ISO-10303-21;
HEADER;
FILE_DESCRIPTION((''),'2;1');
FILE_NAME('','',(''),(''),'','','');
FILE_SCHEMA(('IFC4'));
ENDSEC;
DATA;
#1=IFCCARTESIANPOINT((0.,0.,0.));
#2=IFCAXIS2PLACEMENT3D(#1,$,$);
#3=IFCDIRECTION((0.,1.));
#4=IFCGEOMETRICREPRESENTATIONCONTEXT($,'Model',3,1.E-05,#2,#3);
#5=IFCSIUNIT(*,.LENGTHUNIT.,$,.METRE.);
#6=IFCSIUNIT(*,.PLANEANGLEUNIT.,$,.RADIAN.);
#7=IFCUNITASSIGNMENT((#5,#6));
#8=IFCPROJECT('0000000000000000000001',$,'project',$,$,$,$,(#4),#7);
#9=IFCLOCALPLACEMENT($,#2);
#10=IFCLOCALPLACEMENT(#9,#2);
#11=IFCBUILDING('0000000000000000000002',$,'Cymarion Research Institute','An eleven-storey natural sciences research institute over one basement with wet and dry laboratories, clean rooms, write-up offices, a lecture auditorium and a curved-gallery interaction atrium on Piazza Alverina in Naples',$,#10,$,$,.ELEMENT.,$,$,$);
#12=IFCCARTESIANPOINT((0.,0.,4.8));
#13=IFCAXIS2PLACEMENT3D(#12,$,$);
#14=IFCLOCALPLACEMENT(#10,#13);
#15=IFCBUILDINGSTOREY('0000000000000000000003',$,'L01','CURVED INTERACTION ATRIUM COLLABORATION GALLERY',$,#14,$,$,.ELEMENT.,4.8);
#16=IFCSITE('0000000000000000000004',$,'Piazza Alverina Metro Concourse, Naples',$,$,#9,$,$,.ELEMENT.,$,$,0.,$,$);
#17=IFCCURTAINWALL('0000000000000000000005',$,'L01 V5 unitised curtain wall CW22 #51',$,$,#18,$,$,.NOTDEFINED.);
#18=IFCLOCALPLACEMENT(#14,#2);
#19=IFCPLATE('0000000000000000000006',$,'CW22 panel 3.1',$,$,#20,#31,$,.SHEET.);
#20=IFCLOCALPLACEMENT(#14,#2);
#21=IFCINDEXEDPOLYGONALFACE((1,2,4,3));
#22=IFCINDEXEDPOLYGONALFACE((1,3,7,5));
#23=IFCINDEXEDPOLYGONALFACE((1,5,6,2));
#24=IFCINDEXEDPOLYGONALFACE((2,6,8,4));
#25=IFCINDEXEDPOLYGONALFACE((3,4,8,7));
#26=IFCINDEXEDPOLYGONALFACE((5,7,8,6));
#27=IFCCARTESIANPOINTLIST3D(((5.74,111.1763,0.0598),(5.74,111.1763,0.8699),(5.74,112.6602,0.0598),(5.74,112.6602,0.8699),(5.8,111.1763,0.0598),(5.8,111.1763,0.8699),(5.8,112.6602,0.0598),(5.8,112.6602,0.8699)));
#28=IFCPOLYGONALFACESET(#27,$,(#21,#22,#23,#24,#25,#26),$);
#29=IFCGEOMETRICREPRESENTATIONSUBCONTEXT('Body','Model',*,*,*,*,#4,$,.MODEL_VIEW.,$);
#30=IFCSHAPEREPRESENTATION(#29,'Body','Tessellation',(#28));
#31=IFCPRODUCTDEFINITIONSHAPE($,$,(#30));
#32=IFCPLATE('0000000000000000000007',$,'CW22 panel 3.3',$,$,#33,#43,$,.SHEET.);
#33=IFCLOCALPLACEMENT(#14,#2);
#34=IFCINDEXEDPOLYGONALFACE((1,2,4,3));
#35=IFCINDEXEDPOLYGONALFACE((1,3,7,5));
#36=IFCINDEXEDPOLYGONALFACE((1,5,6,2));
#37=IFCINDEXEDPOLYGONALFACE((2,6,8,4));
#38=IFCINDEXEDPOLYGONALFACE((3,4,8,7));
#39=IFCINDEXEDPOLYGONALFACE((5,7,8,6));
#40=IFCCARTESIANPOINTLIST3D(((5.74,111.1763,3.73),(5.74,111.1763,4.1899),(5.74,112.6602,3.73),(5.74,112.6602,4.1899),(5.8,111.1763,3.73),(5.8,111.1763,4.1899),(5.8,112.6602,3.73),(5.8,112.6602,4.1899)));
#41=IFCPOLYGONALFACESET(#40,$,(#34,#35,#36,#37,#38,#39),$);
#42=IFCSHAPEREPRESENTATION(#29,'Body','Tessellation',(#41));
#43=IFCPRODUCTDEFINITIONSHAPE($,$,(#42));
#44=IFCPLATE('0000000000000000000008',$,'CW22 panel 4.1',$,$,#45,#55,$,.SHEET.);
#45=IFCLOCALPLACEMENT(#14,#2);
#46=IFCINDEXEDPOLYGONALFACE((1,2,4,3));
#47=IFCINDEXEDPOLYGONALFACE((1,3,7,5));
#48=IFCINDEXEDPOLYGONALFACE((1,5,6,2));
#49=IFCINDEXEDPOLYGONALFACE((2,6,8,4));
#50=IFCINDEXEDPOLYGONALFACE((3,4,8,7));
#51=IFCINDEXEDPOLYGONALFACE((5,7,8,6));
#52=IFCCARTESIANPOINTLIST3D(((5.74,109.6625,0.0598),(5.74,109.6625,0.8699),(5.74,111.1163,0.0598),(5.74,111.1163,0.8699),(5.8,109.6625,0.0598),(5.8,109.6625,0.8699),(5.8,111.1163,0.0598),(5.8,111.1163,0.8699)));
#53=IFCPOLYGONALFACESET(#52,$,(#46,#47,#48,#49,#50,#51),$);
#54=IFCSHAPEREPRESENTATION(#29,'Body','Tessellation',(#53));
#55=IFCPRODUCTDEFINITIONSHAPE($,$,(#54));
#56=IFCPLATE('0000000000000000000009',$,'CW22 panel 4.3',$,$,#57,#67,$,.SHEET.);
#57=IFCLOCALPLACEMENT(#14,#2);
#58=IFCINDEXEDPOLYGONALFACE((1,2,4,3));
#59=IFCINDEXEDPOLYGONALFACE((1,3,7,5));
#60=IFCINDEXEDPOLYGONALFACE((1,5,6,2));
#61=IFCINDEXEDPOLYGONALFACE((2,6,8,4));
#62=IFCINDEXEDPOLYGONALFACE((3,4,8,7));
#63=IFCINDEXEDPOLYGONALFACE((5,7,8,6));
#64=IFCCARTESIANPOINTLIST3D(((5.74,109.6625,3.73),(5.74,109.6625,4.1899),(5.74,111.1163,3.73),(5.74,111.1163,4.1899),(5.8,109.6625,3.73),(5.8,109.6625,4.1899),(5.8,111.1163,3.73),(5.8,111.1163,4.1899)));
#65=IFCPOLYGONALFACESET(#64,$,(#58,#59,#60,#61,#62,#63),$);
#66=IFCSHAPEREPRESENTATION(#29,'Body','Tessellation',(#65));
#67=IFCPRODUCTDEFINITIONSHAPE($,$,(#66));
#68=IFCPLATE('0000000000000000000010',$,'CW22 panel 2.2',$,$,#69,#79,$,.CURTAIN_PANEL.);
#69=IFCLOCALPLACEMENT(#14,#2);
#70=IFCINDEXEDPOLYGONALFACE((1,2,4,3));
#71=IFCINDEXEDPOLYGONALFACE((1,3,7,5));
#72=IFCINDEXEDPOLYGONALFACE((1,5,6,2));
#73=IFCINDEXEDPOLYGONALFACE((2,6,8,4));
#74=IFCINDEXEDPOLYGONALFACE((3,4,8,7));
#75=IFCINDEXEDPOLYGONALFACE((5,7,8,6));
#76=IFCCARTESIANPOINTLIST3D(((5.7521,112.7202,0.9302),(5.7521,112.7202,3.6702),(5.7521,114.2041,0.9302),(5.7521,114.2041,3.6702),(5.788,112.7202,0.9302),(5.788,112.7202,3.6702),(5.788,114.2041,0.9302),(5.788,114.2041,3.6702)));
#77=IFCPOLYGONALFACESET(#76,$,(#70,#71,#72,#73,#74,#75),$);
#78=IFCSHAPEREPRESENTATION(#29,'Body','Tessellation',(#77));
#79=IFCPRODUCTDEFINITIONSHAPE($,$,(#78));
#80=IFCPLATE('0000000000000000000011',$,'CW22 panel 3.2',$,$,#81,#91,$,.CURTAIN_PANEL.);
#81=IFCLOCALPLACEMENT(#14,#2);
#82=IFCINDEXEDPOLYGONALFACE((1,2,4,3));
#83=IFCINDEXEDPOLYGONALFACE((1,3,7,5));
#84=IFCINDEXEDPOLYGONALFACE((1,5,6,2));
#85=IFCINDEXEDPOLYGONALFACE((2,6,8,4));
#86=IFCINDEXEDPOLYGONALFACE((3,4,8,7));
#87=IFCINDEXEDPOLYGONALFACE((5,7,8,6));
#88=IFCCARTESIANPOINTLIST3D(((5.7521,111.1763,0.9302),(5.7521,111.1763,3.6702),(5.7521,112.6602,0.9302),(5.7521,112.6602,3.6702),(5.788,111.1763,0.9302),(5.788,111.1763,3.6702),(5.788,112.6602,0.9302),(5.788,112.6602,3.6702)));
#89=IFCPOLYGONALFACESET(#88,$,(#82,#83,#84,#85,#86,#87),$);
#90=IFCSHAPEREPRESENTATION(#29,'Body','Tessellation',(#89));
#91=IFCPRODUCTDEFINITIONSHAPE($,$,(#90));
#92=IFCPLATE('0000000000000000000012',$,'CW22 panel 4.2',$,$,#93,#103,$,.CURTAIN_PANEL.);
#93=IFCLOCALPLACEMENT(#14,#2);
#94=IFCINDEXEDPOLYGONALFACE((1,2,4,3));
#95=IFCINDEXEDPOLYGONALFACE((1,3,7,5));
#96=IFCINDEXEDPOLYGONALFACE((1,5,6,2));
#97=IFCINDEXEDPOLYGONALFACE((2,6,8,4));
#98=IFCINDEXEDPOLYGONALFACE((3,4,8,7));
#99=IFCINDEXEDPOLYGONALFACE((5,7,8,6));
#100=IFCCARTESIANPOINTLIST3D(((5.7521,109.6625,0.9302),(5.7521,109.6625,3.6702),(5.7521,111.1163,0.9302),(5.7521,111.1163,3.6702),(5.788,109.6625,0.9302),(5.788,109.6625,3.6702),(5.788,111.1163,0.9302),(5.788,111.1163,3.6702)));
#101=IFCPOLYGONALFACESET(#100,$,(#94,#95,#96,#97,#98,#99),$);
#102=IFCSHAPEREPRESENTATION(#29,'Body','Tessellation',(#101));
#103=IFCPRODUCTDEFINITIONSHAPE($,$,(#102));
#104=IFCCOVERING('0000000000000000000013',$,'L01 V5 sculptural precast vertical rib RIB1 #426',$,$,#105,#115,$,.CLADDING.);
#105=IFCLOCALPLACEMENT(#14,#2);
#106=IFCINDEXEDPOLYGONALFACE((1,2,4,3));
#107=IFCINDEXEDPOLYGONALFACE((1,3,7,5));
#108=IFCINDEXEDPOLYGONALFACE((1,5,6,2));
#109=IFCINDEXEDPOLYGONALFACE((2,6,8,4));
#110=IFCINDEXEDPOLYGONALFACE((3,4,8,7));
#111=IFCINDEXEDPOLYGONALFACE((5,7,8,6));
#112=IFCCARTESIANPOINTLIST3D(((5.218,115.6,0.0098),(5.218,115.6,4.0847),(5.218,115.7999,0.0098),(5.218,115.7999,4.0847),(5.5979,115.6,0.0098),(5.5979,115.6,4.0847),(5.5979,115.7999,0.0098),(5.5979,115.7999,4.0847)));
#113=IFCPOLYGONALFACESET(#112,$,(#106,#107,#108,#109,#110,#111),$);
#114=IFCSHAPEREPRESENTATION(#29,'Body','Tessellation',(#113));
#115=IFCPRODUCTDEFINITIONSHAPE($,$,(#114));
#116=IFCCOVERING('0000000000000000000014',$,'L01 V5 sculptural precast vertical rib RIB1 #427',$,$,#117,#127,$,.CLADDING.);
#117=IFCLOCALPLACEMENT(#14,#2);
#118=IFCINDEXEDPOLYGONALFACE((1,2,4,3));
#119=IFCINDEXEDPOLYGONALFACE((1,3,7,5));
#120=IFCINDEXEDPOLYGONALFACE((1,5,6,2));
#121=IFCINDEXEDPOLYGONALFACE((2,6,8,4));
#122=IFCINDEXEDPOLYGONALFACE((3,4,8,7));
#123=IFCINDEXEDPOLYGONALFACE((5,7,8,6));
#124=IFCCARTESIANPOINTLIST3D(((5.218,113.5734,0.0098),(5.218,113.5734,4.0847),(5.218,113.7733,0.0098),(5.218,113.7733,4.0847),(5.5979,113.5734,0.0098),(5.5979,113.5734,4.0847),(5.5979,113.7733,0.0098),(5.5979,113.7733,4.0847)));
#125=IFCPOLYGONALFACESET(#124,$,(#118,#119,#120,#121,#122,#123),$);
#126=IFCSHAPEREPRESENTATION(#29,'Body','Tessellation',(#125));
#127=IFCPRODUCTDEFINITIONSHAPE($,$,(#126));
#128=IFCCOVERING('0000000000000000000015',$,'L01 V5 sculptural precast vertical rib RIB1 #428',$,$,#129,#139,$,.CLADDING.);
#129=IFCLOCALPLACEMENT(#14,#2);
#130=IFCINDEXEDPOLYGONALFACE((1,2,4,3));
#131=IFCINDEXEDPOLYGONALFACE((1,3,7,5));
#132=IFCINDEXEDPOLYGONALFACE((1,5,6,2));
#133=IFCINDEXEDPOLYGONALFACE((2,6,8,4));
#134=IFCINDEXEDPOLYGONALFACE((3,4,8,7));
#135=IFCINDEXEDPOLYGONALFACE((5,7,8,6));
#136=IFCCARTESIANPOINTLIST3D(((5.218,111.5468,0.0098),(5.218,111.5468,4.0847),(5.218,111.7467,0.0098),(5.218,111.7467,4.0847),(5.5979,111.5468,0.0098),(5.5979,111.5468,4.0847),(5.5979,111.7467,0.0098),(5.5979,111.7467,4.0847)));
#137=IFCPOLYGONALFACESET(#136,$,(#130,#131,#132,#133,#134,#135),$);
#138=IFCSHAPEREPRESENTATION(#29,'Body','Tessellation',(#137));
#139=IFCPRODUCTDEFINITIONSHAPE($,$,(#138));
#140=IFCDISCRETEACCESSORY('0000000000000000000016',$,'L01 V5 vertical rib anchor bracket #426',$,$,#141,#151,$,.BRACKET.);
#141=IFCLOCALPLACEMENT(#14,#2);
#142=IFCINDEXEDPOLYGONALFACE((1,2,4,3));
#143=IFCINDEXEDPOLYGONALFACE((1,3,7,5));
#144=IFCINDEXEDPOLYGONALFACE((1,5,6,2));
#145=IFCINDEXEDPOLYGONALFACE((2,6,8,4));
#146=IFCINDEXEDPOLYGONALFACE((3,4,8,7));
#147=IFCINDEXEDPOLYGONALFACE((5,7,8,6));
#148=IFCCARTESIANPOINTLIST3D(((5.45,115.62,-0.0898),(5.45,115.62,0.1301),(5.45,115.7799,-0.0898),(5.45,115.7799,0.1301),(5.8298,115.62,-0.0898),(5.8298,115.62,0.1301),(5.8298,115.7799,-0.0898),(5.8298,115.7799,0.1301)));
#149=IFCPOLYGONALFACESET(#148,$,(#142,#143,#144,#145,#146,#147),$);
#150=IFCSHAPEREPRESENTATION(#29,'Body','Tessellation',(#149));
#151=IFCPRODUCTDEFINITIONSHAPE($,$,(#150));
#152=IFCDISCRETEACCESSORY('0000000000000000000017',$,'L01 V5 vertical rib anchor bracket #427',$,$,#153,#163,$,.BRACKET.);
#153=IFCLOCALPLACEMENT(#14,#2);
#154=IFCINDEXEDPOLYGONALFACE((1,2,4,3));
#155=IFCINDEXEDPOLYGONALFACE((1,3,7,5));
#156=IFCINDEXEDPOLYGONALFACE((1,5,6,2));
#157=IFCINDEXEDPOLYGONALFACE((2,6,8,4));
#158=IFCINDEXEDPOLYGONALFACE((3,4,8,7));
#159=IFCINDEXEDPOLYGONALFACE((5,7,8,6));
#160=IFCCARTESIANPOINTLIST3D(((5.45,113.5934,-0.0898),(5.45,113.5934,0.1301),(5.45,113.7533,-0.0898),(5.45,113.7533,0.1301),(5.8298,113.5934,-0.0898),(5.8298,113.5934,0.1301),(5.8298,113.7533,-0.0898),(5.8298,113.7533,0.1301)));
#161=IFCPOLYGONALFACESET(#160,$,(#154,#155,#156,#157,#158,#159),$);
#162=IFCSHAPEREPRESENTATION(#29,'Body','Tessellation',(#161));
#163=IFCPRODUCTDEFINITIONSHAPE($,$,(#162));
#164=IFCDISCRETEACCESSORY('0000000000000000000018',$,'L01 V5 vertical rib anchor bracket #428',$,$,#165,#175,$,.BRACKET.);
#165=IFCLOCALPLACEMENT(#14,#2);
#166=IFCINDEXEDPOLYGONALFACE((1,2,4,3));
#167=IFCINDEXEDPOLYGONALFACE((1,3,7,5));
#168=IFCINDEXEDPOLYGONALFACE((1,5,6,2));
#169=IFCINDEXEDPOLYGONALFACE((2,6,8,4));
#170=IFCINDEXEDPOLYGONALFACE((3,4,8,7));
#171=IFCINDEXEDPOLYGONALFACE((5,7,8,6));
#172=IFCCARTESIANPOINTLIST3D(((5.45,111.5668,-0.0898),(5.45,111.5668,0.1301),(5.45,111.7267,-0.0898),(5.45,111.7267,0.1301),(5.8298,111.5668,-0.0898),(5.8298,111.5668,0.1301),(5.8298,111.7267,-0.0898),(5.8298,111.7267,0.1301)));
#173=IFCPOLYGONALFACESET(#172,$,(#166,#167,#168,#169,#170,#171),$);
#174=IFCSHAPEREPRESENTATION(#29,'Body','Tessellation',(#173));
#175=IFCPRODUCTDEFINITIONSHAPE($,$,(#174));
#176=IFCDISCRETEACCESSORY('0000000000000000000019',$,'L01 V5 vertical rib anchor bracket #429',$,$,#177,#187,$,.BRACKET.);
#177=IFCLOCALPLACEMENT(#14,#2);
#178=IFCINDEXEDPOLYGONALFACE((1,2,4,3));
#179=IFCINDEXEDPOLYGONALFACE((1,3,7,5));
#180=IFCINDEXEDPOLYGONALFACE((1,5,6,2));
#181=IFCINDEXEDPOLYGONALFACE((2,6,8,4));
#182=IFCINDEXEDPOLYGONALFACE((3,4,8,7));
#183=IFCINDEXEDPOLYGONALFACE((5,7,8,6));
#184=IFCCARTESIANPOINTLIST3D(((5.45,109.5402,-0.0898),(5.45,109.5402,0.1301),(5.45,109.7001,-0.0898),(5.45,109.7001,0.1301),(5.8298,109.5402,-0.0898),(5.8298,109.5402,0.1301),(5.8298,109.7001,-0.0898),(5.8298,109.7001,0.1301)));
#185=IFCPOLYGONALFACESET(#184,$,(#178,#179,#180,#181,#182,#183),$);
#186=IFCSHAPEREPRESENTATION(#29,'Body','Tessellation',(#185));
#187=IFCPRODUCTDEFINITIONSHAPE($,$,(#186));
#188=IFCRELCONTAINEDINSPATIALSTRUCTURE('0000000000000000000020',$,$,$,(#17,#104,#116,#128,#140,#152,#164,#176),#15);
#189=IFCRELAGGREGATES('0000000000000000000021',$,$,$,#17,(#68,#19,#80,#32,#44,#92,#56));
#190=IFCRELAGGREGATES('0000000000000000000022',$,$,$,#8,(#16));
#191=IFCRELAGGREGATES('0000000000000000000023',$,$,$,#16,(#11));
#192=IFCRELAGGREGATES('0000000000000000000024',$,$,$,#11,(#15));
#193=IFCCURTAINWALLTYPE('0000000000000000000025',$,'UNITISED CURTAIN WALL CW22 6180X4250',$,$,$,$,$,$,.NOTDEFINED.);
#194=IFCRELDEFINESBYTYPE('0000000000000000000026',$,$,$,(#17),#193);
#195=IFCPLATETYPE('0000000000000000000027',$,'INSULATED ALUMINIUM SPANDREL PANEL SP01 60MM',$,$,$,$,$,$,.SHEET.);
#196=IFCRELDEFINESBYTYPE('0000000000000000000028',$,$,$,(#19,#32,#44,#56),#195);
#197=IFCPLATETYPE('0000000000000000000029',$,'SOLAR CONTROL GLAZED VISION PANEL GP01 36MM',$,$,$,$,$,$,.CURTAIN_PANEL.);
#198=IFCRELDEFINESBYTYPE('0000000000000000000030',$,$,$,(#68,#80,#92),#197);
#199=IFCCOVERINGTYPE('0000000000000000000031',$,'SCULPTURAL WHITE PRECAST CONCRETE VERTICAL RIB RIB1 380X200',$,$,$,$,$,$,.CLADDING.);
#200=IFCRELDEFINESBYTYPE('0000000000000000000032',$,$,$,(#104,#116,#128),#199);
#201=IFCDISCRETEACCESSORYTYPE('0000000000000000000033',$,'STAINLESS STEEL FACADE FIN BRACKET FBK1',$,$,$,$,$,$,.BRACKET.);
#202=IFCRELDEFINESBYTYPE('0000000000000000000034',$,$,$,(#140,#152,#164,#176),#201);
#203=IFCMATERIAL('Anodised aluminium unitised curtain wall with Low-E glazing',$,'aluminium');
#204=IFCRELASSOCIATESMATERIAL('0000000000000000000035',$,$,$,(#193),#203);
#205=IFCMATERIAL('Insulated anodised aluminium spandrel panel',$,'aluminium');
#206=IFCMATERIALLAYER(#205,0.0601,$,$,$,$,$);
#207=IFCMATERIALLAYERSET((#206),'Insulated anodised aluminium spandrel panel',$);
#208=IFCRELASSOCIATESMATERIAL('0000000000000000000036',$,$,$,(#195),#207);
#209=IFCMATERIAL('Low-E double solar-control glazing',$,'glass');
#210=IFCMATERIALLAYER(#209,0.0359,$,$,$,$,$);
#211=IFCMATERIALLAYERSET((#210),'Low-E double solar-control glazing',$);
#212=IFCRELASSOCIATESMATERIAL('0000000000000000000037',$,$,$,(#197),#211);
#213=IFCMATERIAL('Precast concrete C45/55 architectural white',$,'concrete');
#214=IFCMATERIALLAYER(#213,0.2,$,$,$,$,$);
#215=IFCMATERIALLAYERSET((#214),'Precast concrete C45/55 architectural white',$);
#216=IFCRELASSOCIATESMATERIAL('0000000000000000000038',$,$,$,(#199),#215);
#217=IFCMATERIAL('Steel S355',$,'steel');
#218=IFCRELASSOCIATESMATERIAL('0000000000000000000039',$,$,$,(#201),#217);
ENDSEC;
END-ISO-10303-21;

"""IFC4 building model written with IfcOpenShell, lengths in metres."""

from ifc_helpers import new_model, si_unit, direction, frame, origin, origin_2d, place, context, subcontext, project, spatial, rectangle, extrude, material, layer, layer_set, type_object, element, aggregate, save


model = new_model("IFC4")

# Units and contexts
model_context = context("Model", 3, precision=1e-05, world=origin(), true_north=direction((0.0, 1.0)))
body_context = subcontext(model_context, "Body", "Model", "MODEL_VIEW")
ifc_project = project(units=[si_unit("LENGTHUNIT", "METRE"), si_unit("PLANEANGLEUNIT", "RADIAN")], contexts=[model_context])

# Site, building, storey
site_placement = place(None, origin())
site = spatial("IfcSite", under=ifc_project, at=site_placement, Name="Piazza Alverina Metro Concourse, Naples", CompositionType="ELEMENT", RefElevation=0.0)
building_placement = place(site_placement, origin())
building = spatial("IfcBuilding", under=site, at=building_placement, Name="Cymarion Research Institute", Description="An eleven-storey natural sciences research institute over one basement with wet and dry laboratories, clean rooms, write-up offices, a lecture auditorium and a curved-gallery interaction atrium on Piazza Alverina in Naples", CompositionType="ELEMENT")
storey_placement = place(building_placement, frame((0.0, 0.0, 4.8)))
storey = spatial("IfcBuildingStorey", under=building, at=storey_placement, Name="L01", Description="CURVED INTERACTION ATRIUM COLLABORATION GALLERY", CompositionType="ELEMENT", Elevation=4.8)

# Curtain wall, plates
ifc_material_1 = material(Name="Anodised aluminium unitised curtain wall with Low-E glazing", Category="aluminium")
curtain_wall_type = type_object("IfcCurtainWallType", Name="UNITISED CURTAIN WALL CW22 6180X4250", PredefinedType="NOTDEFINED", material=ifc_material_1)
curtain_wall_placement = place(storey_placement, origin())
curtain_wall = element("IfcCurtainWall", 1, at=curtain_wall_placement, inside=storey, type_object=curtain_wall_type, Name="L01 V5 unitised curtain wall CW22 #51", PredefinedType="NOTDEFINED")
ifc_material_2 = material(Name="Insulated anodised aluminium spandrel panel", Category="aluminium")
ifc_layer_1 = layer(ifc_material_2, 0.0601)
ifc_layer_set_1 = layer_set([ifc_layer_1], Name="Insulated anodised aluminium spandrel panel")
plate_type_1 = type_object("IfcPlateType", Name="INSULATED ALUMINIUM SPANDREL PANEL SP01 60MM", PredefinedType="SHEET", material=ifc_layer_set_1)
plate_1_placement = place(storey_placement, frame((5.77, 111.9182, 0.0598), z_axis=(0.0, 0.0, 1.0), x_axis=(0.0, -1.0, 0.0)))
plate_1 = element("IfcPlate", 2, at=plate_1_placement, type_object=plate_type_1, Name="CW22 panel 3.1", PredefinedType="SHEET", context=body_context, shape_type="SweptSolid", body=[
    extrude(rectangle(XDim=1.4839, YDim=0.0601, at=origin_2d()), origin(), (0.0, 0.0, 1.0), 0.8101),
])
plate_2_placement = place(storey_placement, frame((5.77, 111.9182, 3.73), z_axis=(0.0, 0.0, 1.0), x_axis=(0.0, -1.0, 0.0)))
plate_2 = element("IfcPlate", 3, at=plate_2_placement, type_object=plate_type_1, Name="CW22 panel 3.3", PredefinedType="SHEET", context=body_context, shape_type="SweptSolid", body=[
    extrude(rectangle(XDim=1.4839, YDim=0.0601, at=origin_2d()), origin(), (0.0, 0.0, 1.0), 0.46),
])
plate_3_placement = place(storey_placement, frame((5.77, 110.3894, 0.0598), z_axis=(0.0, 0.0, 1.0), x_axis=(0.0, -1.0, 0.0)))
plate_3 = element("IfcPlate", 4, at=plate_3_placement, type_object=plate_type_1, Name="CW22 panel 4.1", PredefinedType="SHEET", context=body_context, shape_type="SweptSolid", body=[
    extrude(rectangle(XDim=1.4539, YDim=0.0601, at=origin_2d()), origin(), (0.0, 0.0, 1.0), 0.8101),
])
plate_4_placement = place(storey_placement, frame((5.77, 110.3894, 3.73), z_axis=(0.0, 0.0, 1.0), x_axis=(0.0, -1.0, 0.0)))
plate_4 = element("IfcPlate", 5, at=plate_4_placement, type_object=plate_type_1, Name="CW22 panel 4.3", PredefinedType="SHEET", context=body_context, shape_type="SweptSolid", body=[
    extrude(rectangle(XDim=1.4539, YDim=0.0601, at=origin_2d()), origin(), (0.0, 0.0, 1.0), 0.46),
])
ifc_material_3 = material(Name="Low-E double solar-control glazing", Category="glass")
ifc_layer_2 = layer(ifc_material_3, 0.0359)
ifc_layer_set_2 = layer_set([ifc_layer_2], Name="Low-E double solar-control glazing")
plate_type_2 = type_object("IfcPlateType", Name="SOLAR CONTROL GLAZED VISION PANEL GP01 36MM", PredefinedType="CURTAIN_PANEL", material=ifc_layer_set_2)
plate_5_placement = place(storey_placement, frame((5.77, 113.4622, 0.9302), z_axis=(0.0, 0.0, 1.0), x_axis=(0.0, -1.0, 0.0)))
plate_5 = element("IfcPlate", 6, at=plate_5_placement, type_object=plate_type_2, Name="CW22 panel 2.2", PredefinedType="CURTAIN_PANEL", context=body_context, shape_type="SweptSolid", body=[
    extrude(rectangle(XDim=1.4839, YDim=0.0359, at=origin_2d()), origin(), (0.0, 0.0, 1.0), 2.74),
])
plate_6_placement = place(storey_placement, frame((5.77, 111.9182, 0.9302), z_axis=(0.0, 0.0, 1.0), x_axis=(0.0, -1.0, 0.0)))
plate_6 = element("IfcPlate", 7, at=plate_6_placement, type_object=plate_type_2, Name="CW22 panel 3.2", PredefinedType="CURTAIN_PANEL", context=body_context, shape_type="SweptSolid", body=[
    extrude(rectangle(XDim=1.4839, YDim=0.0359, at=origin_2d()), origin(), (0.0, 0.0, 1.0), 2.74),
])
plate_7_placement = place(storey_placement, frame((5.77, 110.3894, 0.9302), z_axis=(0.0, 0.0, 1.0), x_axis=(0.0, -1.0, 0.0)))
plate_7 = element("IfcPlate", 8, at=plate_7_placement, type_object=plate_type_2, Name="CW22 panel 4.2", PredefinedType="CURTAIN_PANEL", context=body_context, shape_type="SweptSolid", body=[
    extrude(rectangle(XDim=1.4539, YDim=0.0359, at=origin_2d()), origin(), (0.0, 0.0, 1.0), 2.74),
])
aggregate(curtain_wall, [plate_5, plate_1, plate_6, plate_2, plate_3, plate_7, plate_4])

# Coverings
ifc_material_4 = material(Name="Precast concrete C45/55 architectural white", Category="concrete")
ifc_layer_3 = layer(ifc_material_4, 0.2)
ifc_layer_set_3 = layer_set([ifc_layer_3], Name="Precast concrete C45/55 architectural white")
covering_type = type_object("IfcCoveringType", Name="SCULPTURAL WHITE PRECAST CONCRETE VERTICAL RIB RIB1 380X200", PredefinedType="CLADDING", material=ifc_layer_set_3)
for number, where, z_axis, x_axis, name in (
    (9, (5.408, 115.7, 0.0098), (0.0, 0.0, 1.0), (-1.0, 0.0, 0.0), "L01 V5 sculptural precast vertical rib RIB1 #426"),
    (10, (5.408, 113.6733, 0.0098), (0.0, 0.0, 1.0), (-1.0, 0.0, 0.0), "L01 V5 sculptural precast vertical rib RIB1 #427"),
    (11, (5.408, 111.6467, 0.0098), (0.0, 0.0, 1.0), (-1.0, 0.0, 0.0), "L01 V5 sculptural precast vertical rib RIB1 #428"),
):
    element("IfcCovering", number, at=place(storey_placement, frame(where, z_axis=z_axis, x_axis=x_axis)), inside=storey, type_object=covering_type, Name=name, PredefinedType="CLADDING", context=body_context, shape_type="SweptSolid", body=[
        extrude(rectangle(XDim=0.3799, YDim=0.2, at=origin_2d()), origin(), (0.0, 0.0, 1.0), 4.075),
    ])

# Discrete accessories
ifc_material_5 = material(Name="Steel S355", Category="steel")
discrete_accessory_type = type_object("IfcDiscreteAccessoryType", Name="STAINLESS STEEL FACADE FIN BRACKET FBK1", PredefinedType="BRACKET", material=ifc_material_5)
for number, where, z_axis, x_axis, name in (
    (12, (5.6399, 115.7, -0.0898), (0.0, 0.0, 1.0), (-1.0, 0.0, 0.0), "L01 V5 vertical rib anchor bracket #426"),
    (13, (5.6399, 113.6733, -0.0898), (0.0, 0.0, 1.0), (-1.0, 0.0, 0.0), "L01 V5 vertical rib anchor bracket #427"),
    (14, (5.6399, 111.6467, -0.0898), (0.0, 0.0, 1.0), (-1.0, 0.0, 0.0), "L01 V5 vertical rib anchor bracket #428"),
    (15, (5.6399, 109.6201, -0.0898), (0.0, 0.0, 1.0), (-1.0, 0.0, 0.0), "L01 V5 vertical rib anchor bracket #429"),
):
    element("IfcDiscreteAccessory", number, at=place(storey_placement, frame(where, z_axis=z_axis, x_axis=x_axis)), inside=storey, type_object=discrete_accessory_type, Name=name, PredefinedType="BRACKET", context=body_context, shape_type="SweptSolid", body=[
        extrude(rectangle(XDim=0.3799, YDim=0.1599, at=origin_2d()), origin(), (0.0, 0.0, 1.0), 0.22),
    ])

save(model, "model.ifc")
